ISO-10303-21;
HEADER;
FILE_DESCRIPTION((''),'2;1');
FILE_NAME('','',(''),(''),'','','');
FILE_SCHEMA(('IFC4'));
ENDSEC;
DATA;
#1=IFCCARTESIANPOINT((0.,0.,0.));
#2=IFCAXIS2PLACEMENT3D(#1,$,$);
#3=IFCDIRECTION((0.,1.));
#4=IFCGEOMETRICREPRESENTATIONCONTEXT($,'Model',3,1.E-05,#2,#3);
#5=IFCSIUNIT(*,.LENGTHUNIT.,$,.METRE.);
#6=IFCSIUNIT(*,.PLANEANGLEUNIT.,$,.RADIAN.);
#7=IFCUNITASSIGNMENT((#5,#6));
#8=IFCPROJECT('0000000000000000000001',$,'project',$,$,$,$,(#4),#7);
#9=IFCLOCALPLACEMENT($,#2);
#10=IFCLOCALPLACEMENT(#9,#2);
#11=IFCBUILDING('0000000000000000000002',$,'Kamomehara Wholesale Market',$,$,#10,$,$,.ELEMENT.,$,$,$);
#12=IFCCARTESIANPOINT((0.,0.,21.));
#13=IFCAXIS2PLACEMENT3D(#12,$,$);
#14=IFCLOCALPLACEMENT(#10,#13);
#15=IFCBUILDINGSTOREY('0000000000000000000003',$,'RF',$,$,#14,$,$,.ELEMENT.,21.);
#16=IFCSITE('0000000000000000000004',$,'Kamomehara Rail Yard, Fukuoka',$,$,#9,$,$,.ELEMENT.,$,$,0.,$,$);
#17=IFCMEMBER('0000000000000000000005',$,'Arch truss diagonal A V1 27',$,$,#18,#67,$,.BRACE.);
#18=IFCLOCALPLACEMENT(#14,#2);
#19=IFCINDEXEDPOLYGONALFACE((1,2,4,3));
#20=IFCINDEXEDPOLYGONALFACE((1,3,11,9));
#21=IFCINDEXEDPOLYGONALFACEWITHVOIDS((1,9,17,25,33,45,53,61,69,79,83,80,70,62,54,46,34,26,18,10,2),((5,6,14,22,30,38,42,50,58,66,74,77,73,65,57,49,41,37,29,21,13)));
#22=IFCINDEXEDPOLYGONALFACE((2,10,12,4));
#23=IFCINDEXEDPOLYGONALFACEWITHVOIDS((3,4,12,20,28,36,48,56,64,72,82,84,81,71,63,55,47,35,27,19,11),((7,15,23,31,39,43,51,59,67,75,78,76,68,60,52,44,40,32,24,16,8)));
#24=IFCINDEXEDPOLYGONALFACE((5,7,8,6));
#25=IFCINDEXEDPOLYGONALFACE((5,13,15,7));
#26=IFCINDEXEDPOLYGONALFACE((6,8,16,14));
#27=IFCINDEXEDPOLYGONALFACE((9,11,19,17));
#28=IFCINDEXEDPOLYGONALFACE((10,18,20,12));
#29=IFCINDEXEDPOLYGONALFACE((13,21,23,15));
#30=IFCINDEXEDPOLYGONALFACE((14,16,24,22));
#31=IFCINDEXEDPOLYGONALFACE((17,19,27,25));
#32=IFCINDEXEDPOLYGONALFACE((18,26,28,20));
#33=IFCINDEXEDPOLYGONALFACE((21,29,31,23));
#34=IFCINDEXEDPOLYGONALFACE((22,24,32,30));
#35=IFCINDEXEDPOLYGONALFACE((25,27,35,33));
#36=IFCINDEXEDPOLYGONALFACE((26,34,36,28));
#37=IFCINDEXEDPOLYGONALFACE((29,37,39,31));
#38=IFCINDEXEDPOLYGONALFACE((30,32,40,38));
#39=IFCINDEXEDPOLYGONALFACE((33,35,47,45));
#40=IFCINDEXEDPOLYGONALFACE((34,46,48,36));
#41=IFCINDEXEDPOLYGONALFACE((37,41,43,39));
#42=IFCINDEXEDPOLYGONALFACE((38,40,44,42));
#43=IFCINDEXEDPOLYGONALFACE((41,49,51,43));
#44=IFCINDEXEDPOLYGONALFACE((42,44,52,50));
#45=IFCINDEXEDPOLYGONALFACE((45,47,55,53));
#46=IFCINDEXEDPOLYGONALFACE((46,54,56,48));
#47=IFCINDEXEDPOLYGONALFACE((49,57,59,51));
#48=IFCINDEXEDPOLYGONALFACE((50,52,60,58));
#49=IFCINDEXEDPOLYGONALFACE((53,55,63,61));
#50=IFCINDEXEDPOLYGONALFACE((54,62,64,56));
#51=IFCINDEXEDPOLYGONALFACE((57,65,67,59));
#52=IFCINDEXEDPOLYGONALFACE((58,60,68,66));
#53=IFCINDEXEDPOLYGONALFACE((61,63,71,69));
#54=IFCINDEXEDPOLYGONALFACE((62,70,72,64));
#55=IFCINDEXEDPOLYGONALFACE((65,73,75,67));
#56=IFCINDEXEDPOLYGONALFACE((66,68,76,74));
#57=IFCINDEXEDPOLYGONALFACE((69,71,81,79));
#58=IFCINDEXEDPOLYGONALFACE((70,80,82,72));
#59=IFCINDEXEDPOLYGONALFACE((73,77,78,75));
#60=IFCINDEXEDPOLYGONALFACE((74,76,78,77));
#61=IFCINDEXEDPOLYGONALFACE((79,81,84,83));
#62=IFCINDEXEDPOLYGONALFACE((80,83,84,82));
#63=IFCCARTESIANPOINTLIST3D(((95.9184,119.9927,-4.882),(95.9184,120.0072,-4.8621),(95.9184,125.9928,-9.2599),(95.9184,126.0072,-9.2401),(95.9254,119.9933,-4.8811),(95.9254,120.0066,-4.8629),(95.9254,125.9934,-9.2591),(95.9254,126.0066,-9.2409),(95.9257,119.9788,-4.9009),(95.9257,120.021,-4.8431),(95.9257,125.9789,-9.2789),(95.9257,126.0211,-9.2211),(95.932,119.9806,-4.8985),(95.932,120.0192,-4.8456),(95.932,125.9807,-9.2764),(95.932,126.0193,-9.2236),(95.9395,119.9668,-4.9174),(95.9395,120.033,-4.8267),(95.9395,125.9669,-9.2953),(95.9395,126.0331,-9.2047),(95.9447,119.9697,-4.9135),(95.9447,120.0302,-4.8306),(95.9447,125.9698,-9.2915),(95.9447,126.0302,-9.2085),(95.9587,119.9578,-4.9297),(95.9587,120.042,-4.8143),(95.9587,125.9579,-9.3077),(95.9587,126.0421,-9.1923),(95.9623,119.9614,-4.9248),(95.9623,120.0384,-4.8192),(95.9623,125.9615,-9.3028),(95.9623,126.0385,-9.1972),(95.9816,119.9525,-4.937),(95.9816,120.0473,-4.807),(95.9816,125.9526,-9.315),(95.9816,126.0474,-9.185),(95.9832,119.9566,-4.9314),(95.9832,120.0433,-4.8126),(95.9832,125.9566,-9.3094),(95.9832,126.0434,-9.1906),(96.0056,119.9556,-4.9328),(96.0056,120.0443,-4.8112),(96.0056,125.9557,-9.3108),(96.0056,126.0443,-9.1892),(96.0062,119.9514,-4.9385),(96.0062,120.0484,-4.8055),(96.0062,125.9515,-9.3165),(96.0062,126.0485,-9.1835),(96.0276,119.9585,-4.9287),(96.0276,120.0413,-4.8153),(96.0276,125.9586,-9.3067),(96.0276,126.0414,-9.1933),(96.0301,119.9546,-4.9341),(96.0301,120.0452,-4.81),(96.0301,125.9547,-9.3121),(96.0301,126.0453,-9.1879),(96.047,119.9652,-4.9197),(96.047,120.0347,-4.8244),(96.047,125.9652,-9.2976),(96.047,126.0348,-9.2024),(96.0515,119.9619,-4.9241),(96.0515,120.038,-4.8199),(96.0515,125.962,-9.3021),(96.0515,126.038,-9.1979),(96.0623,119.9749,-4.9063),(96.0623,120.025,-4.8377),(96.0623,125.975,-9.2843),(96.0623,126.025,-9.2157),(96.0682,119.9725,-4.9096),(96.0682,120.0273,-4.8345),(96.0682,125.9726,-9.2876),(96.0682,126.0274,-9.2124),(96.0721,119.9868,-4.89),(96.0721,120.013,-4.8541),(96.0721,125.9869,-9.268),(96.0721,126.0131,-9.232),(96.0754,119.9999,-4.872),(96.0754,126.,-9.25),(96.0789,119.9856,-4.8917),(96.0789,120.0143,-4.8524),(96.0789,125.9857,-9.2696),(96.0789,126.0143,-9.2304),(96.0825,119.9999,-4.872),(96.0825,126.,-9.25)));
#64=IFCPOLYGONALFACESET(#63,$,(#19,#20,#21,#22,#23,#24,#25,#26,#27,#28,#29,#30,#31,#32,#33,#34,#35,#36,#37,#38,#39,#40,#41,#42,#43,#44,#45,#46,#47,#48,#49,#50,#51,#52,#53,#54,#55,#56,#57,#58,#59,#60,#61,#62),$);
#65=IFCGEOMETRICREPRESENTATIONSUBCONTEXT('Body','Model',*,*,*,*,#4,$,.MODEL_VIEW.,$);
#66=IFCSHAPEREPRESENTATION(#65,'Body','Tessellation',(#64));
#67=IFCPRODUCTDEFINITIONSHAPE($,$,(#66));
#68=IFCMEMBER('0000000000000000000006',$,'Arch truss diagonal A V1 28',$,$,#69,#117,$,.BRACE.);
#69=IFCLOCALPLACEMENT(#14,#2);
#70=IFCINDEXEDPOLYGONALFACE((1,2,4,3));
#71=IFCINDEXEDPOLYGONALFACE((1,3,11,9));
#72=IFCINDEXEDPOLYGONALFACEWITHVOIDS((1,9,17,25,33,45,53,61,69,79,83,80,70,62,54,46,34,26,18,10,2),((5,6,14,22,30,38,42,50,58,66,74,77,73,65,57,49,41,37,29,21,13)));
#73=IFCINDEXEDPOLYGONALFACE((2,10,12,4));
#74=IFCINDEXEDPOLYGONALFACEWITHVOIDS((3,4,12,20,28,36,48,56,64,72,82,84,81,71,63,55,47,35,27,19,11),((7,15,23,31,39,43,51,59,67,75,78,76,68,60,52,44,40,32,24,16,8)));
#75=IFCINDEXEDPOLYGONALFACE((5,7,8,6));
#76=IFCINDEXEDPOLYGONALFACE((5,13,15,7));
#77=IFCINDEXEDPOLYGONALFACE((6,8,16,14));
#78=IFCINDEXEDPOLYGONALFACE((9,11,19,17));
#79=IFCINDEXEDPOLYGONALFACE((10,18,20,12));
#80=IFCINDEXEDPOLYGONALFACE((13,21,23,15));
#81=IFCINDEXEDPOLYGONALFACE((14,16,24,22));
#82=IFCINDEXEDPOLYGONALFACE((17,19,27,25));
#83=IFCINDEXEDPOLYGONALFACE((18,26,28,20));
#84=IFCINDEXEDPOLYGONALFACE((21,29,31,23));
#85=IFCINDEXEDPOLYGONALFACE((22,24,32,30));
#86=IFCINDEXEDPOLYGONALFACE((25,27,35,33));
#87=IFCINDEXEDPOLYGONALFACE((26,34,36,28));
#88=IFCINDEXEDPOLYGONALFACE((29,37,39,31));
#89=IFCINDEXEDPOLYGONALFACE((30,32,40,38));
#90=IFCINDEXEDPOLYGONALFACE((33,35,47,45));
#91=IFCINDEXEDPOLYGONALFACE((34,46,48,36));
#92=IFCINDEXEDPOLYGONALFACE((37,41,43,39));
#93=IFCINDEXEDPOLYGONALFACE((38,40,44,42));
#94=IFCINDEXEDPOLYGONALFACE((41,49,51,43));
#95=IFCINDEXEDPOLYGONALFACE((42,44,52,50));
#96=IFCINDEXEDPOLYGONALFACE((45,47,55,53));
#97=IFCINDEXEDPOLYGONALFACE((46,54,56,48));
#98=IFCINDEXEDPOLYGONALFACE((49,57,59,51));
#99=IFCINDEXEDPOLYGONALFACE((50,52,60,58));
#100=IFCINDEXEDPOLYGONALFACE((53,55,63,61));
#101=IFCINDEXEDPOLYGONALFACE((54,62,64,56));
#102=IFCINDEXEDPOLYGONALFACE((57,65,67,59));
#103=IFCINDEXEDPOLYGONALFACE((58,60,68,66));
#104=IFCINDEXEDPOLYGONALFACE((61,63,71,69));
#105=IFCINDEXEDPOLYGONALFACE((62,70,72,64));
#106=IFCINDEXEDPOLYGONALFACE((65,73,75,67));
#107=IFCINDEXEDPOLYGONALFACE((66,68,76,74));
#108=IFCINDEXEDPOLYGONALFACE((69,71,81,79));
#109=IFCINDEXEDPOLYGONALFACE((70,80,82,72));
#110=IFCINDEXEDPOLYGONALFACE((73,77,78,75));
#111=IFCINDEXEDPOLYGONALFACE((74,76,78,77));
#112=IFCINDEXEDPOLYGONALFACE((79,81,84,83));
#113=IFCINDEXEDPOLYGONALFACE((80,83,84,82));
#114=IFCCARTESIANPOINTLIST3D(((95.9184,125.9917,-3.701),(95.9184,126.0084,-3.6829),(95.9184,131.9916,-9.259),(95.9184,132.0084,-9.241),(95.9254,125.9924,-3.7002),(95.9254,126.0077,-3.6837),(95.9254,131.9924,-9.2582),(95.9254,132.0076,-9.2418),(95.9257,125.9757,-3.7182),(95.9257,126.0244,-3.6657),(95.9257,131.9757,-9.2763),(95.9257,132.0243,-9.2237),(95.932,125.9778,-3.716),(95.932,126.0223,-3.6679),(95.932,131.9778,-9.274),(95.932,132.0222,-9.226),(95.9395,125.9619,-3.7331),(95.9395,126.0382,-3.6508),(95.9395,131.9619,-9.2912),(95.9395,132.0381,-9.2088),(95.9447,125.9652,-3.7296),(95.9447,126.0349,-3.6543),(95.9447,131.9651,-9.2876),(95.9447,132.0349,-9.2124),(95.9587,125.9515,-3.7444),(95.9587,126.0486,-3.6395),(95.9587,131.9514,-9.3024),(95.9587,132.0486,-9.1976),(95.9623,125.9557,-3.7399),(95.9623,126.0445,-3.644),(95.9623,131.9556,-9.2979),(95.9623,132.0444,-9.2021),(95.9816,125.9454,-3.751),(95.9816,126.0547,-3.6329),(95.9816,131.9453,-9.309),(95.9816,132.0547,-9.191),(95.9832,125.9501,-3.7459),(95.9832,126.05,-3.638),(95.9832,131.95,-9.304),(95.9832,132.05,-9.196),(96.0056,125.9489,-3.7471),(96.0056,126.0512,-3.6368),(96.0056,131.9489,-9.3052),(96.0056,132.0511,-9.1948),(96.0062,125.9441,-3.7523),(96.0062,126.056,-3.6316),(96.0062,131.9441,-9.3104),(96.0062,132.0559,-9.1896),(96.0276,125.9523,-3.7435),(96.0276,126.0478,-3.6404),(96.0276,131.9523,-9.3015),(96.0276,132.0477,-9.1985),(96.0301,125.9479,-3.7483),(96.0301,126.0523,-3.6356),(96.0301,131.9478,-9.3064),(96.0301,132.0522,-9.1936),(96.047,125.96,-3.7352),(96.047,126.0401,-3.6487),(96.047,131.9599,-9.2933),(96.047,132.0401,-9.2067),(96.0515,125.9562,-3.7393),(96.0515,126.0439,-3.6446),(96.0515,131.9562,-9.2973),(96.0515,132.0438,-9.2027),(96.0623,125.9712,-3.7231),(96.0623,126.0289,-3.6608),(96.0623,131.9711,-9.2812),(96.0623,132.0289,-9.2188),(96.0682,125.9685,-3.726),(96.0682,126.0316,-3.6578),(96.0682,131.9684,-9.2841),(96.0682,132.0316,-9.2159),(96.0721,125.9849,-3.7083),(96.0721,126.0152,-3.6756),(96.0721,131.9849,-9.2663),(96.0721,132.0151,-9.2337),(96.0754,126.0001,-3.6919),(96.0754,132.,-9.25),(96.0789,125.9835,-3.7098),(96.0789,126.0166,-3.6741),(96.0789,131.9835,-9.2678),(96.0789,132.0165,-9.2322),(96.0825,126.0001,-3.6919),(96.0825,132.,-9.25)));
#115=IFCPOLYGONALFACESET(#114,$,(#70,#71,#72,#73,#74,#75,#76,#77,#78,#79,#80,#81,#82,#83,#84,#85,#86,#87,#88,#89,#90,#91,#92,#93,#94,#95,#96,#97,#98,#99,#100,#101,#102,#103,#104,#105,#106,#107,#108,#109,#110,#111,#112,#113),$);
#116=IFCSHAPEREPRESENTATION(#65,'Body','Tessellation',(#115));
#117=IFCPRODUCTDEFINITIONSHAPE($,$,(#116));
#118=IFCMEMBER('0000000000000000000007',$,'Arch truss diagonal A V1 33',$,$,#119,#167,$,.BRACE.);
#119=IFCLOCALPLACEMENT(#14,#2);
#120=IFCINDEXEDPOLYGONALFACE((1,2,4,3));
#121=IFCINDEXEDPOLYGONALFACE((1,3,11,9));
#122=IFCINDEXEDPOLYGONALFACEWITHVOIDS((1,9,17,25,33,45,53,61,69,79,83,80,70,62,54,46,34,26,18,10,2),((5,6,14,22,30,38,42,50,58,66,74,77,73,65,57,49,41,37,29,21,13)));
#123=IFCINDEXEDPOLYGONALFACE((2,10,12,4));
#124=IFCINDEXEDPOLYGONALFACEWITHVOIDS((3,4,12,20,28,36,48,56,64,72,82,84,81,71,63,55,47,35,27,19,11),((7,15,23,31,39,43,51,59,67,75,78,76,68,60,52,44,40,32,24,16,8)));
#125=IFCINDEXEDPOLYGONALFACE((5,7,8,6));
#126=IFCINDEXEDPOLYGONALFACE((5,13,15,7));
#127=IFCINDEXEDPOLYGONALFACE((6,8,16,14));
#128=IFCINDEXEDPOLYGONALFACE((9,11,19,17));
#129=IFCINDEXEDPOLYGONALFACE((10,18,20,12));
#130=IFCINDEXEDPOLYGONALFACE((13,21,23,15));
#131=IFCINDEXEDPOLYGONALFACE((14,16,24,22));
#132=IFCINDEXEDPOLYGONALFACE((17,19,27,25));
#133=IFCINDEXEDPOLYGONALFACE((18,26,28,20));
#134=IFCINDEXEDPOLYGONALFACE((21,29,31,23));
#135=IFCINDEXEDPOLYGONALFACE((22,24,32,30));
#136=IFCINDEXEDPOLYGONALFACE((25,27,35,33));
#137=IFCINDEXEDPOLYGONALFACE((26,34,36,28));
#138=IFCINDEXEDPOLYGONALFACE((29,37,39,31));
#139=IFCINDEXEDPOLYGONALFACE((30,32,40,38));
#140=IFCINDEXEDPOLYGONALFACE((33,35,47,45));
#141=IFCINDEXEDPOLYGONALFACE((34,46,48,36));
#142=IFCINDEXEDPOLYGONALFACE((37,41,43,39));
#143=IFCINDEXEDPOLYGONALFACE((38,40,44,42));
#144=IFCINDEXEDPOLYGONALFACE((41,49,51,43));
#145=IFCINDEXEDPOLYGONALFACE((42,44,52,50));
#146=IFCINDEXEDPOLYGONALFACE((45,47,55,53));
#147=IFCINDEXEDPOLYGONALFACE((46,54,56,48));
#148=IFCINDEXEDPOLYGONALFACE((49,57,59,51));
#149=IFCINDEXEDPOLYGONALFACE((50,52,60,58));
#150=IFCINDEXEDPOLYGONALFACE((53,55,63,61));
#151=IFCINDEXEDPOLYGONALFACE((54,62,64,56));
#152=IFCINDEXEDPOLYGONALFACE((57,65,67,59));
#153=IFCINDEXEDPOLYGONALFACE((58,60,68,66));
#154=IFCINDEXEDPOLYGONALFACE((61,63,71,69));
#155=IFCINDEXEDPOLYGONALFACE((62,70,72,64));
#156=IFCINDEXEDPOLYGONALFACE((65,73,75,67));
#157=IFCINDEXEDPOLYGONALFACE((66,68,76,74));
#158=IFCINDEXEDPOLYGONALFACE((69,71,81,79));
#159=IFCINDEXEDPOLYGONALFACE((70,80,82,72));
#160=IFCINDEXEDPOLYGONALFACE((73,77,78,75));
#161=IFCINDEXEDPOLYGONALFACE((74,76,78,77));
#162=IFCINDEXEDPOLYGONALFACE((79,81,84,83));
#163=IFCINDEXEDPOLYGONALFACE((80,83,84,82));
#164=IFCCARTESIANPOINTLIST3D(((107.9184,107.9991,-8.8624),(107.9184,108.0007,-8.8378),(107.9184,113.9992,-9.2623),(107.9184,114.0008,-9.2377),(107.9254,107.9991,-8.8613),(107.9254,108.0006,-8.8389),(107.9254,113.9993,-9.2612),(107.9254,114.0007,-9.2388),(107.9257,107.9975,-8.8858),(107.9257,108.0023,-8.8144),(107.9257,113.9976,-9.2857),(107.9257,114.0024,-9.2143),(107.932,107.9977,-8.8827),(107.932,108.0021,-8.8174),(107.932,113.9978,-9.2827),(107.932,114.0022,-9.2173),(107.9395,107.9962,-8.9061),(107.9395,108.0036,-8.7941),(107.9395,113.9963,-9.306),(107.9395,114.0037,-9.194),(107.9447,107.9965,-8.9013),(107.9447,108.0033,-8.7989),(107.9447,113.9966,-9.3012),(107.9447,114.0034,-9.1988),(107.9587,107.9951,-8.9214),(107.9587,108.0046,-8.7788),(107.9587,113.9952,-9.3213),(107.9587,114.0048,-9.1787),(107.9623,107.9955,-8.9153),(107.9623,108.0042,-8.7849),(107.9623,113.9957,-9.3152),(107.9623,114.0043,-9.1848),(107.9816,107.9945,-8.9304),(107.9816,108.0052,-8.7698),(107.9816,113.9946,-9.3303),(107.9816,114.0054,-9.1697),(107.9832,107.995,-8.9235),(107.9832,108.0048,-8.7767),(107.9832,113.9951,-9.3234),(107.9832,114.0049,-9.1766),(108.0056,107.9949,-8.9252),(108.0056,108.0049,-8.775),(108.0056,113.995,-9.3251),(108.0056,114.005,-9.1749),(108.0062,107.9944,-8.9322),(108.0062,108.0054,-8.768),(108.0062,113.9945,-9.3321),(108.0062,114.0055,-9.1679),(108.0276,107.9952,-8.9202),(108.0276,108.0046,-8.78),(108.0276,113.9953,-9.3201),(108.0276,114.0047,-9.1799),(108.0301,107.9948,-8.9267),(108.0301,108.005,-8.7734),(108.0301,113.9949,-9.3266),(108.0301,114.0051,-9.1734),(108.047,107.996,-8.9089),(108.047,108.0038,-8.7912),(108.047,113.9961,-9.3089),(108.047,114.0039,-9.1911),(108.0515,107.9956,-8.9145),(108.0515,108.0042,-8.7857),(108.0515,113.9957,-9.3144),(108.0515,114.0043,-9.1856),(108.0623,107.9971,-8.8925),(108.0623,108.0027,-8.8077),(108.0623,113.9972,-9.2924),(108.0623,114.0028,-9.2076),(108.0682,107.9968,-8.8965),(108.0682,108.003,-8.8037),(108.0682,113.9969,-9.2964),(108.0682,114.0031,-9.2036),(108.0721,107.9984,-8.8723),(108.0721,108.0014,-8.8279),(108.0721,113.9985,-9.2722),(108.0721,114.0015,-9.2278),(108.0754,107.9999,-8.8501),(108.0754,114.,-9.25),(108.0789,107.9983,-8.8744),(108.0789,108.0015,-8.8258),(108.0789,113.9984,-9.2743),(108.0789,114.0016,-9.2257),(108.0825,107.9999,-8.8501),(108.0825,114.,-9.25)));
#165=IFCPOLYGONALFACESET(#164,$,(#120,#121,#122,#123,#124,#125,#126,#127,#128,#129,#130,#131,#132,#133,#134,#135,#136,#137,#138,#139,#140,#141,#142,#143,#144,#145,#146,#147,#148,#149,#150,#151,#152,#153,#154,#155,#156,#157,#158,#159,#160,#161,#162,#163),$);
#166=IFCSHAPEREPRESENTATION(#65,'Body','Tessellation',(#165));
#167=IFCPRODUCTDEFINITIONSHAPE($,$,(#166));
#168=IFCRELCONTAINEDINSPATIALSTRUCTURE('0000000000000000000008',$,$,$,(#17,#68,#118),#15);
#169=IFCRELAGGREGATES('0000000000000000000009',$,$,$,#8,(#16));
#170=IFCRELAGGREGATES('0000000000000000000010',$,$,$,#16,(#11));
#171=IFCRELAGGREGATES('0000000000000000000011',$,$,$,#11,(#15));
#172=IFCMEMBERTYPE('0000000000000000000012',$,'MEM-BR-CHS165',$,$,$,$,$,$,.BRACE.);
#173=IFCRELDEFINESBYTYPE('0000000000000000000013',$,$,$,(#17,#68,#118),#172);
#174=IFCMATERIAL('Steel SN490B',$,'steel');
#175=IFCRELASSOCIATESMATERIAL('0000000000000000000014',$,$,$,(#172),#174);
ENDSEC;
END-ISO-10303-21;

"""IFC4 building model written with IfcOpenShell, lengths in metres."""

from ifc_helpers import new_model, si_unit, direction, frame, origin, origin_2d, place, context, subcontext, project, spatial, hollow_circle, extrude, material, material_profile, profile_set, type_object, element, save


model = new_model("IFC4")

# Units and contexts
model_context = context("Model", 3, precision=1e-05, world=origin(), true_north=direction((0.0, 1.0)))
body_context = subcontext(model_context, "Body", "Model", "MODEL_VIEW")
ifc_project = project(units=[si_unit("LENGTHUNIT", "METRE"), si_unit("PLANEANGLEUNIT", "RADIAN")], contexts=[model_context])

# Site, building, storey
site_placement = place(None, origin())
site = spatial("IfcSite", under=ifc_project, at=site_placement, Name="Kamomehara Rail Yard, Fukuoka", CompositionType="ELEMENT", RefElevation=0.0)
building_placement = place(site_placement, origin())
building = spatial("IfcBuilding", under=site, at=building_placement, Name="Kamomehara Wholesale Market", CompositionType="ELEMENT")
storey_placement = place(building_placement, frame((0.0, 0.0, 21.0)))
storey = spatial("IfcBuildingStorey", under=building, at=storey_placement, Name="RF", CompositionType="ELEMENT", Elevation=21.0)

# Members
ifc_material_1 = material(Name="Steel SN490B", Category="steel")
ifc_material_profile_1 = material_profile(ifc_material_1, hollow_circle(Radius=0.0825, WallThickness=0.0071, at=origin_2d()), Name="CHS-165.2x7.1")
ifc_profile_set_1 = profile_set([ifc_material_profile_1], Name="Steel SN490B")
member_type_1 = type_object("IfcMemberType", Name="MEM-BR-CHS165", PredefinedType="BRACE", material=ifc_profile_set_1)
member_1_placement = place(storey_placement, frame((96.0, 126.0, -9.25), z_axis=(0.0, -0.80782, 0.58943), x_axis=(1.0, 0.0, 0.0)))
element("IfcMember", 1, at=member_1_placement, inside=storey, type_object=member_type_1, Name="Arch truss diagonal A V1 27", PredefinedType="BRACE", context=body_context, shape_type="SweptSolid", body=[
    extrude(hollow_circle(Radius=0.0825, WallThickness=0.0071, at=origin_2d()), origin(), (0.0, 0.0, 1.0), 7.4275),
])
member_2_placement = place(storey_placement, frame((96.0, 132.0, -9.25), z_axis=(0.0, -0.733605, 0.679576), x_axis=(1.0, 0.0, 0.0)))
element("IfcMember", 2, at=member_2_placement, inside=storey, type_object=member_type_1, Name="Arch truss diagonal A V1 28", PredefinedType="BRACE", context=body_context, shape_type="SweptSolid", body=[
    extrude(hollow_circle(Radius=0.0825, WallThickness=0.0071, at=origin_2d()), origin(), (0.0, 0.0, 1.0), 8.1787),
])
member_3_placement = place(storey_placement, frame((108.0, 114.0, -9.25), z_axis=(0.0, -0.997786, 0.066503), x_axis=(1.0, 0.0, 0.0)))
element("IfcMember", 3, at=member_3_placement, inside=storey, type_object=member_type_1, Name="Arch truss diagonal A V1 33", PredefinedType="BRACE", context=body_context, shape_type="SweptSolid", body=[
    extrude(hollow_circle(Radius=0.0825, WallThickness=0.0071, at=origin_2d()), origin(), (0.0, 0.0, 1.0), 6.0134),
])

save(model, "model.ifc")
